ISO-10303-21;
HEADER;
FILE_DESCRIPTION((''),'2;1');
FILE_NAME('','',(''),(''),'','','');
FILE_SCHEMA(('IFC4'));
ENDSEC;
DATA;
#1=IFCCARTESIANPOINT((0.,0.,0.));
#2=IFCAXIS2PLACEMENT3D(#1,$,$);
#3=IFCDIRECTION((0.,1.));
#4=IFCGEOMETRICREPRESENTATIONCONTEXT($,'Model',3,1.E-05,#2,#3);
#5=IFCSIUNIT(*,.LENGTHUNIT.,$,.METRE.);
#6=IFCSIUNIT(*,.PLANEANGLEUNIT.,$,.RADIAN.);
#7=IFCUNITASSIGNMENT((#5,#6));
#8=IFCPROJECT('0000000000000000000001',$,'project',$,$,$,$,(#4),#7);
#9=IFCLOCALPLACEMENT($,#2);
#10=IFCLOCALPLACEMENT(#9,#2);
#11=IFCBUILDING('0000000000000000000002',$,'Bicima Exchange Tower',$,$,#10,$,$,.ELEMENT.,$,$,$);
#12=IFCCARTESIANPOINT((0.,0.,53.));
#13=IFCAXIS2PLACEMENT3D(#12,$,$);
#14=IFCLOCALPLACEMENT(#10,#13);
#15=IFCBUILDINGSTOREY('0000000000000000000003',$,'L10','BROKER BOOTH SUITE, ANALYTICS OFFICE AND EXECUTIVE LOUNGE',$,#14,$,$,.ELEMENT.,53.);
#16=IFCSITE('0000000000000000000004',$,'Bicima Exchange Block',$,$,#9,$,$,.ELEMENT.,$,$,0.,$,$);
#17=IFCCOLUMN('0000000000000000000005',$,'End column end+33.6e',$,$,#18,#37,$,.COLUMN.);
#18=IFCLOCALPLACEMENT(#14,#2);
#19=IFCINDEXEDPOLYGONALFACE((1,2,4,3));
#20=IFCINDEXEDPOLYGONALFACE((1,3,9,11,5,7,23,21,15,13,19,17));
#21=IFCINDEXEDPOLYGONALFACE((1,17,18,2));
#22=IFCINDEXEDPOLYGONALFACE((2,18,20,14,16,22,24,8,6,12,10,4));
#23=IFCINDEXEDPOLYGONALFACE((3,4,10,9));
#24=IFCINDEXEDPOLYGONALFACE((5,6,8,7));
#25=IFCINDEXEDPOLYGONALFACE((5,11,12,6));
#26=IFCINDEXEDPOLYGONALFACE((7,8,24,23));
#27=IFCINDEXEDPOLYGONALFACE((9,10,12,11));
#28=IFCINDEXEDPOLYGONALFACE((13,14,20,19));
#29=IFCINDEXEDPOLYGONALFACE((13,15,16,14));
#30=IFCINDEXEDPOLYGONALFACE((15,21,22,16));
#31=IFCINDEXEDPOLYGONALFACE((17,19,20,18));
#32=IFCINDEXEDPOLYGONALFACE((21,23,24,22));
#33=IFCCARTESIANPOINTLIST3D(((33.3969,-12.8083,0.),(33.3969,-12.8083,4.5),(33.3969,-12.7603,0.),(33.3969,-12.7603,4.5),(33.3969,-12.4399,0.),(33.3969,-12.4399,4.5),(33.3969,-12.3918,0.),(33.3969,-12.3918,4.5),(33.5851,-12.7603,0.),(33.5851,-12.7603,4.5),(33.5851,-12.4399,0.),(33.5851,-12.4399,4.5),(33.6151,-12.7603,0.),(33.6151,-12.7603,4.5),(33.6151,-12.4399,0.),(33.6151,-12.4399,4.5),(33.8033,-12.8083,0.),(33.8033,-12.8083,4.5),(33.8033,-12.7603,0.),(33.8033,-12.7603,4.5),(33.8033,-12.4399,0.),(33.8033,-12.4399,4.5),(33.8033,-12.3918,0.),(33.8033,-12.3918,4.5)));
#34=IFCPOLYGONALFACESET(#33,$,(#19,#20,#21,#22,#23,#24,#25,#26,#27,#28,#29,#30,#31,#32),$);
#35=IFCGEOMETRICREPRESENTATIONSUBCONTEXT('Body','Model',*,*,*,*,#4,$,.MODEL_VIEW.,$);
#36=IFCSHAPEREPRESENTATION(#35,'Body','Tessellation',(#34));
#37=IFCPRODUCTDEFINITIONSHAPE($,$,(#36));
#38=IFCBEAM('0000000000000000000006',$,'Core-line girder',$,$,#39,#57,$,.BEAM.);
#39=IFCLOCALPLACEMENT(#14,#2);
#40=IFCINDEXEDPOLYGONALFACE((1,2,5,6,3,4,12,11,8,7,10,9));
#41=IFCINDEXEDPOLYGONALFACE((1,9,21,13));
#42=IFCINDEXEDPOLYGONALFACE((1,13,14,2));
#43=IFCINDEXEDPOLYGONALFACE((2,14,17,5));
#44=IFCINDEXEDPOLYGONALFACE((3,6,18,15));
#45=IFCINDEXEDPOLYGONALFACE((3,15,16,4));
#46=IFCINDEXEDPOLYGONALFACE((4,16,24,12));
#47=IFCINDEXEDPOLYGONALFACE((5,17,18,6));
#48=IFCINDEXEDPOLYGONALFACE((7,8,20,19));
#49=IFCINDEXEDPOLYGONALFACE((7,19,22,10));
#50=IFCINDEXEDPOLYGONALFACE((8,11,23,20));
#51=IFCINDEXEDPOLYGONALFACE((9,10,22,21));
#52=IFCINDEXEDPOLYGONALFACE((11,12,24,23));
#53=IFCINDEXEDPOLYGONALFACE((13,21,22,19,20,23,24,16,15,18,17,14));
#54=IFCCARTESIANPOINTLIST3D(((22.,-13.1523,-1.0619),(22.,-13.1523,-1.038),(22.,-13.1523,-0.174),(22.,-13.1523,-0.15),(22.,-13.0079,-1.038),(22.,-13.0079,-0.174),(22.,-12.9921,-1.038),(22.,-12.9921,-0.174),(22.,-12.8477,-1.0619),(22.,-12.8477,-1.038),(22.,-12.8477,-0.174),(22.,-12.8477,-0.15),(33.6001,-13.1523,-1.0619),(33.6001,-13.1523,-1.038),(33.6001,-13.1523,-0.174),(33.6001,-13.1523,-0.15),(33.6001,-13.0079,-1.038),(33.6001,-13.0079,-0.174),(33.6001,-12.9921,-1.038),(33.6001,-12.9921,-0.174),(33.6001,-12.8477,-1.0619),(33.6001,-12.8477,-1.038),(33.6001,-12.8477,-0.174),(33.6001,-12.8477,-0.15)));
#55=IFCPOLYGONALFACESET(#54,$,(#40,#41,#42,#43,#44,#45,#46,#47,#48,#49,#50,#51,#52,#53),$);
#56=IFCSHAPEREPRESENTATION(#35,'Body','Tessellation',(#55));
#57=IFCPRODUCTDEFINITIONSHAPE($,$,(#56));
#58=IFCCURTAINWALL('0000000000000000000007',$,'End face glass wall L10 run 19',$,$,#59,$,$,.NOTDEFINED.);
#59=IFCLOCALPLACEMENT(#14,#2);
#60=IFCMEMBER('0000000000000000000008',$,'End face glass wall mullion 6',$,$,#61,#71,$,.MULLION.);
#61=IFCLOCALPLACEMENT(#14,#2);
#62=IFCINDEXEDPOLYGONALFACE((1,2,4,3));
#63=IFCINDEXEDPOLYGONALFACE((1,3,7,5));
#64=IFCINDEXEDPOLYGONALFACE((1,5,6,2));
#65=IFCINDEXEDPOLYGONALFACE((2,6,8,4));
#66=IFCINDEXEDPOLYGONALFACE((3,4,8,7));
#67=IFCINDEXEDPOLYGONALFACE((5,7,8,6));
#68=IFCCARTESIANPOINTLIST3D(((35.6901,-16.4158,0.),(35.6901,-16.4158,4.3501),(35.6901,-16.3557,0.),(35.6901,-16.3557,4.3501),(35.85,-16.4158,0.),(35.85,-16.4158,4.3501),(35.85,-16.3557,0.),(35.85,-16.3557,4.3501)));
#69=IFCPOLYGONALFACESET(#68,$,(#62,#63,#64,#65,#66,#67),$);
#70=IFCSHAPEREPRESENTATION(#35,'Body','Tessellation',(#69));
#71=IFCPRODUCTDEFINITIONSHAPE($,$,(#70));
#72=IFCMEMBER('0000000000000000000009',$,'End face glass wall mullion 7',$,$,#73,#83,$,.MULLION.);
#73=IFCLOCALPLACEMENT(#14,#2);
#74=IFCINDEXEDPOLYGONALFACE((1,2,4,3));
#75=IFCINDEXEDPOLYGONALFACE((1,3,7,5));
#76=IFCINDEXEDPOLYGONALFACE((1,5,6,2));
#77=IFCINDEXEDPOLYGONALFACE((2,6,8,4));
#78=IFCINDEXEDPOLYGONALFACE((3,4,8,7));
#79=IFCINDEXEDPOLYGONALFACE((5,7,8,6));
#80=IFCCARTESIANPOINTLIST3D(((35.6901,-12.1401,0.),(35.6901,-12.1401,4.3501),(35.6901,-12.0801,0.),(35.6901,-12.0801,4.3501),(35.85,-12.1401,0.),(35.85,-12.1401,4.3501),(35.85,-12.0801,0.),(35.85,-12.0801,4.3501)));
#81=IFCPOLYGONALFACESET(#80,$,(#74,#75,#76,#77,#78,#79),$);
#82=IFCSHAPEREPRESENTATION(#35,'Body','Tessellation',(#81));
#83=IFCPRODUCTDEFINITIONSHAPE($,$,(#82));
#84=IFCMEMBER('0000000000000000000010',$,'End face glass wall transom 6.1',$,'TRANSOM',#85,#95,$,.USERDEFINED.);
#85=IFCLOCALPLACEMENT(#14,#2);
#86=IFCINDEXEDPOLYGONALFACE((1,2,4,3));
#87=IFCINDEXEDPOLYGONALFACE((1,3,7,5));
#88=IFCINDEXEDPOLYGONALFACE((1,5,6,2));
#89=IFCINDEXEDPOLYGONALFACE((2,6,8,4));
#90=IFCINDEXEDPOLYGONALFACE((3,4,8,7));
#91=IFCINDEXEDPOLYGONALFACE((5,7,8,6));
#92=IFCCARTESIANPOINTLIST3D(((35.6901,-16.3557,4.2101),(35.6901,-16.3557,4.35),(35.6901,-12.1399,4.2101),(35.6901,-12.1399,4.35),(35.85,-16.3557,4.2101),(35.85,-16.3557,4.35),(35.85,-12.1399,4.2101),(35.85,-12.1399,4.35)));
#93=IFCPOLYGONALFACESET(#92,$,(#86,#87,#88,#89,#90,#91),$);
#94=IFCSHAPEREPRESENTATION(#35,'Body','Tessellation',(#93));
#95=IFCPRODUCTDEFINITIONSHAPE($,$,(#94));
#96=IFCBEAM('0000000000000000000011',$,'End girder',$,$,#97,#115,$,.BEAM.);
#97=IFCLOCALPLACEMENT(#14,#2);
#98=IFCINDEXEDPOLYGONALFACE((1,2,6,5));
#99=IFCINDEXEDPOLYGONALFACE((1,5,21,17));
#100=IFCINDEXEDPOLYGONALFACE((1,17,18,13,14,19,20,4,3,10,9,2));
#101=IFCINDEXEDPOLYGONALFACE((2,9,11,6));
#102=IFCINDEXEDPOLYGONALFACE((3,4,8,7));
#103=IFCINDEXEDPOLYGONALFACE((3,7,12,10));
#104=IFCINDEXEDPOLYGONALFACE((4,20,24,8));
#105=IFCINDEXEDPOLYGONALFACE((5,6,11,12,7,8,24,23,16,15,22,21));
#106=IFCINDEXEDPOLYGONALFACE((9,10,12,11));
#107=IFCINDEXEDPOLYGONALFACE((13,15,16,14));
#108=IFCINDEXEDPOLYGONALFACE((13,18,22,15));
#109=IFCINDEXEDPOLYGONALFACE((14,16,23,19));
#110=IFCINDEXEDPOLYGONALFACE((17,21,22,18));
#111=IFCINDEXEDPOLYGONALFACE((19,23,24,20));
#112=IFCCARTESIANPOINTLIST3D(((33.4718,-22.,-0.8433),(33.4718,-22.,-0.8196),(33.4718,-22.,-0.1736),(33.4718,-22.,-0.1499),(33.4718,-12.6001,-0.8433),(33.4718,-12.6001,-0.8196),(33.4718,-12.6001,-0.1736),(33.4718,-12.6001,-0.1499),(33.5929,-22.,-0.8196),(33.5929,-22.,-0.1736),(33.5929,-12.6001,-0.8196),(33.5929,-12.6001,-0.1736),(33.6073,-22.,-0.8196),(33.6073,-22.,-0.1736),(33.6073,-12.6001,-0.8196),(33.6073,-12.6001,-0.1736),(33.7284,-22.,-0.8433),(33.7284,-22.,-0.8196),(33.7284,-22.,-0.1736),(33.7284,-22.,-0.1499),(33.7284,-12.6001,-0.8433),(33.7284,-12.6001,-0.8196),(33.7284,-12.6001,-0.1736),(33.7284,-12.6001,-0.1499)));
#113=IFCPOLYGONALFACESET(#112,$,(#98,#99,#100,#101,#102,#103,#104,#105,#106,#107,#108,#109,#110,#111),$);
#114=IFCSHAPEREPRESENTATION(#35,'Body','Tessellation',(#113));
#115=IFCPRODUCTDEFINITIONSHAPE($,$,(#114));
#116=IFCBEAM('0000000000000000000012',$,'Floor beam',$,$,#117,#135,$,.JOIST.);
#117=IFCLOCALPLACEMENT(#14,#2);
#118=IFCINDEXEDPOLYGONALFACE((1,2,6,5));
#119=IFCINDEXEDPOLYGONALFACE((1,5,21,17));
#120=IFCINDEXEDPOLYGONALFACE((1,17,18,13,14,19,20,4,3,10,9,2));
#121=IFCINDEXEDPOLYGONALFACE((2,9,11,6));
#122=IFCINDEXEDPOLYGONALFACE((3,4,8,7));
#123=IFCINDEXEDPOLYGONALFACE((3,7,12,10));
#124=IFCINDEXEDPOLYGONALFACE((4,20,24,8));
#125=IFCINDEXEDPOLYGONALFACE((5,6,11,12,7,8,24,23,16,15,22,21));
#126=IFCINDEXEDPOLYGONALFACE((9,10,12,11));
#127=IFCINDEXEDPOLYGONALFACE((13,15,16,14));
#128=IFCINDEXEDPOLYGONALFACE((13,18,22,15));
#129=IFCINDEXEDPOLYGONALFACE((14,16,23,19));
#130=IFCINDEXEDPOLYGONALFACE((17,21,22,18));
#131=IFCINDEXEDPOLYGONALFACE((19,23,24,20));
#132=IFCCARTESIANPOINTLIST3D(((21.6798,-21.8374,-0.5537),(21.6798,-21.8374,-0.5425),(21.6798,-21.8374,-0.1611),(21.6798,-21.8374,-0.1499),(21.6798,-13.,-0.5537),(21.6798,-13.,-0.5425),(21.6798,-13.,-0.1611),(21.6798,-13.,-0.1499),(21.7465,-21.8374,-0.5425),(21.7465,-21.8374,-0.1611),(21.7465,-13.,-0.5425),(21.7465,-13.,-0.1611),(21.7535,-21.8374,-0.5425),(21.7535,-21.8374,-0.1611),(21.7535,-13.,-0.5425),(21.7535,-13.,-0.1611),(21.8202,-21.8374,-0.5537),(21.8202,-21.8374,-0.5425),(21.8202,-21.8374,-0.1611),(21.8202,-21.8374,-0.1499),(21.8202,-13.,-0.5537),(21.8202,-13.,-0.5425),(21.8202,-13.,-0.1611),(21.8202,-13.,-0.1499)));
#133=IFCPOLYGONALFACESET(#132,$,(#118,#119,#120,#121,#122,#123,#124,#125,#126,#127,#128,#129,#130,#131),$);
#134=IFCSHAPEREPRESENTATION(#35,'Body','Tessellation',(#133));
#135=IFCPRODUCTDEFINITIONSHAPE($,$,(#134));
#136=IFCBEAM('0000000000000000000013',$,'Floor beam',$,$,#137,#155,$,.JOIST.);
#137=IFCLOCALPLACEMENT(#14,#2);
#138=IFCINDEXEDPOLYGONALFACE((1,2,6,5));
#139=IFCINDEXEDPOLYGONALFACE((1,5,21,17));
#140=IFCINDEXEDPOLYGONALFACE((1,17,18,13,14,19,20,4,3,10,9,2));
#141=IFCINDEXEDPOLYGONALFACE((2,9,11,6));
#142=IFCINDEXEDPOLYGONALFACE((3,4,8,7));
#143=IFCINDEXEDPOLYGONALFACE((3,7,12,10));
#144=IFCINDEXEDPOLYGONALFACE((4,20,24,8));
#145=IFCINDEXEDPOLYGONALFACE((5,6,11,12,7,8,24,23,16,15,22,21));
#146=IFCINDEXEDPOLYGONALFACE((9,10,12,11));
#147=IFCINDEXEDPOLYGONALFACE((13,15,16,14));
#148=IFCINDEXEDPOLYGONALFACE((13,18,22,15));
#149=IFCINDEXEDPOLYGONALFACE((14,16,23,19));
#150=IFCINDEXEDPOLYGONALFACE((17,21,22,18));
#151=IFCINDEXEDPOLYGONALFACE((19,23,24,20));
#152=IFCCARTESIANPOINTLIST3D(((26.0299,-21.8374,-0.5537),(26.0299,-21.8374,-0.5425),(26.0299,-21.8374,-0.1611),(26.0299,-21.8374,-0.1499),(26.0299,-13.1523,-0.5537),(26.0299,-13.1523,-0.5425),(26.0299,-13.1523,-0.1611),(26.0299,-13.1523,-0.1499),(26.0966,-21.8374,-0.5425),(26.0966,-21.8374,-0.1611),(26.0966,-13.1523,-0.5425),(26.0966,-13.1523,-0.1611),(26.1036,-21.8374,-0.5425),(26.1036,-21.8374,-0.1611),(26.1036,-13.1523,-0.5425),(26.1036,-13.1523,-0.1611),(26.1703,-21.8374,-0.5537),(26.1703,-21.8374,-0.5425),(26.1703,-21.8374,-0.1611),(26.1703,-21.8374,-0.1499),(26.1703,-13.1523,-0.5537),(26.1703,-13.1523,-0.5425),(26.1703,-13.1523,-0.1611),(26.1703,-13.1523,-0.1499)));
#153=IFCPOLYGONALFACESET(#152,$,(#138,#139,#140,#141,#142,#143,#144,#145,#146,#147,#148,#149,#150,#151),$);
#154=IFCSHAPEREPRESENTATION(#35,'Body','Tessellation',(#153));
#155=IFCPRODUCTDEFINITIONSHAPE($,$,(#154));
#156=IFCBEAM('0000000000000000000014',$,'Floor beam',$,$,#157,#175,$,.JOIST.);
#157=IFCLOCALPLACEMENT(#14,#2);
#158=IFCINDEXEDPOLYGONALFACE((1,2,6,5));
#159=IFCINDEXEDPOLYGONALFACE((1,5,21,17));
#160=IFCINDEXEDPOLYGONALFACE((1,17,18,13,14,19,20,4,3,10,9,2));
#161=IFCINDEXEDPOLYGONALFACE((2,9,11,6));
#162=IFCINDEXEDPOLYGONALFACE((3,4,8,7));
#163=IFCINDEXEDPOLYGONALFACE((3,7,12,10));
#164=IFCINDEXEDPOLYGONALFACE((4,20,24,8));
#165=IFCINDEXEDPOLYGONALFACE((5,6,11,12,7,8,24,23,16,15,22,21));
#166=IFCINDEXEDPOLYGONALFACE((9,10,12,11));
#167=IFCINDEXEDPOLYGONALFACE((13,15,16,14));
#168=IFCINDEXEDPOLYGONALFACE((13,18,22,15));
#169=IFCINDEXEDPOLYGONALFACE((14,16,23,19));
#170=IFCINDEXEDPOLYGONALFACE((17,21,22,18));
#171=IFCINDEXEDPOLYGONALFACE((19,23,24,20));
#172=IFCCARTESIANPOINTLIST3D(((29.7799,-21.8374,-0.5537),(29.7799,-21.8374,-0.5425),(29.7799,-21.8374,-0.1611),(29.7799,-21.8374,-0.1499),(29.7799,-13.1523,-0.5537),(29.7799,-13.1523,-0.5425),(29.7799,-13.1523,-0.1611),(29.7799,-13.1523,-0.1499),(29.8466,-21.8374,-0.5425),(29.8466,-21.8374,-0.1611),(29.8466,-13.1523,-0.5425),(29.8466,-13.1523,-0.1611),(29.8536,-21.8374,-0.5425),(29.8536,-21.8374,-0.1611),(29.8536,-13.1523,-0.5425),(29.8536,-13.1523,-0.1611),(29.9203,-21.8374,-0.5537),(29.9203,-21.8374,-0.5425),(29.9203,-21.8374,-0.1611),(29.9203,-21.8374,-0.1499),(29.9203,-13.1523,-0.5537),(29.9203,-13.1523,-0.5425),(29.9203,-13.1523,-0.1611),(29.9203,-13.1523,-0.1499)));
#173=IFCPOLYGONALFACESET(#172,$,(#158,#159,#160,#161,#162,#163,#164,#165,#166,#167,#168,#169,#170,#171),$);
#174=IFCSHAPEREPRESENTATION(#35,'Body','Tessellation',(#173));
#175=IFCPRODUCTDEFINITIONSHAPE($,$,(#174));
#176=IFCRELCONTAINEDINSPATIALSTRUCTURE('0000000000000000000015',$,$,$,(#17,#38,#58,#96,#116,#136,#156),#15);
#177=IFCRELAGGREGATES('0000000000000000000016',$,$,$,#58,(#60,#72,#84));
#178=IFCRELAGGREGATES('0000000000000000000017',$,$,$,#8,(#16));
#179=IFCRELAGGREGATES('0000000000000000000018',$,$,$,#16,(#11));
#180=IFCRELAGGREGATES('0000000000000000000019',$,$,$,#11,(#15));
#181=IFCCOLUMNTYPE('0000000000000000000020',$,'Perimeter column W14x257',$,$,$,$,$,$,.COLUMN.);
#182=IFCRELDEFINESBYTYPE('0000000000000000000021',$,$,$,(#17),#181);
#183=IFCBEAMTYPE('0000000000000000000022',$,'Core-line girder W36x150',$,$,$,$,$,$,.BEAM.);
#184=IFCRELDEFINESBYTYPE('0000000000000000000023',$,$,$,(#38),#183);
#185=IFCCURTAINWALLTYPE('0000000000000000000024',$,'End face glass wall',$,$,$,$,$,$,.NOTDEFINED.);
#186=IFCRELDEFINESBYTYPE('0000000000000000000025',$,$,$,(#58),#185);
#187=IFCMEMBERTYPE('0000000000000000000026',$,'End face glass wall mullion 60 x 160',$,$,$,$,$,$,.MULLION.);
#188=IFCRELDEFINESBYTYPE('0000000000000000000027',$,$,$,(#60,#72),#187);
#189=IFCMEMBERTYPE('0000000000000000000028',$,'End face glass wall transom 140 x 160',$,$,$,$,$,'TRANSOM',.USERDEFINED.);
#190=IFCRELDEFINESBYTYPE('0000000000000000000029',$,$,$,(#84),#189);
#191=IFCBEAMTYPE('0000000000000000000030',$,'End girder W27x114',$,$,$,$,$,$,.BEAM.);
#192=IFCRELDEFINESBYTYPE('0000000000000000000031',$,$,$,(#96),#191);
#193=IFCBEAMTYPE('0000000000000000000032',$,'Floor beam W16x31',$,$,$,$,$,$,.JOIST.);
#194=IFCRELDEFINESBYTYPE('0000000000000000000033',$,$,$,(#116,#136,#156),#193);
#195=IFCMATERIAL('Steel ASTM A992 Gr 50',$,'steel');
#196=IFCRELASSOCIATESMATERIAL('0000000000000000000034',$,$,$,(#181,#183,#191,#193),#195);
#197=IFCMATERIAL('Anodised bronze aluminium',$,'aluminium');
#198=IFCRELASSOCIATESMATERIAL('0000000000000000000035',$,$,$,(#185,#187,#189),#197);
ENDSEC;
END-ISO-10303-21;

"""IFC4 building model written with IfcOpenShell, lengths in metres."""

from ifc_helpers import new_model, si_unit, direction, frame, origin, origin_2d, place, context, subcontext, project, spatial, rectangle, i_section, extrude, material, material_profile, profile_set, type_object, element, aggregate, save


model = new_model("IFC4")

# Units and contexts
model_context = context("Model", 3, precision=1e-05, world=origin(), true_north=direction((0.0, 1.0)))
body_context = subcontext(model_context, "Body", "Model", "MODEL_VIEW")
ifc_project = project(units=[si_unit("LENGTHUNIT", "METRE"), si_unit("PLANEANGLEUNIT", "RADIAN")], contexts=[model_context])

# Site, building, storey
site_placement = place(None, origin())
site = spatial("IfcSite", under=ifc_project, at=site_placement, Name="Bicima Exchange Block", CompositionType="ELEMENT", RefElevation=0.0)
building_placement = place(site_placement, origin())
building = spatial("IfcBuilding", under=site, at=building_placement, Name="Bicima Exchange Tower", CompositionType="ELEMENT")
storey_placement = place(building_placement, frame((0.0, 0.0, 53.0)))
storey = spatial("IfcBuildingStorey", under=building, at=storey_placement, Name="L10", Description="BROKER BOOTH SUITE, ANALYTICS OFFICE AND EXECUTIVE LOUNGE", CompositionType="ELEMENT", Elevation=53.0)

# Column
ifc_material_1 = material(Name="Steel ASTM A992 Gr 50", Category="steel")
ifc_material_profile_1 = material_profile(ifc_material_1, i_section(OverallWidth=0.4065, OverallDepth=0.4165, WebThickness=0.03, FlangeThickness=0.0481, at=origin_2d()))
ifc_profile_set_1 = profile_set([ifc_material_profile_1], Name="Steel ASTM A992 Gr 50")
column_type = type_object("IfcColumnType", Name="Perimeter column W14x257", PredefinedType="COLUMN", material=ifc_profile_set_1)
column_placement = place(storey_placement, frame((33.6001, -12.6001, 0.0), z_axis=(0.0, 0.0, 1.0), x_axis=(1.0, 0.0, 0.0)))
element("IfcColumn", 1, at=column_placement, inside=storey, type_object=column_type, Name="End column end+33.6e", PredefinedType="COLUMN", context=body_context, shape_type="SweptSolid", body=[
    extrude(i_section(OverallWidth=0.4065, OverallDepth=0.4165, WebThickness=0.03, FlangeThickness=0.0481, at=origin_2d()), origin(), (0.0, 0.0, 1.0), 4.5),
])

# Beam
ifc_material_profile_2 = material_profile(ifc_material_1, i_section(OverallWidth=0.3047, OverallDepth=0.9119, WebThickness=0.0159, FlangeThickness=0.0239, at=origin_2d()))
ifc_profile_set_2 = profile_set([ifc_material_profile_2], Name="Steel ASTM A992 Gr 50")
beam_type_1 = type_object("IfcBeamType", Name="Core-line girder W36x150", PredefinedType="BEAM", material=ifc_profile_set_2)
beam_1_placement = place(storey_placement, frame((22.0, -13.0, -0.606), z_axis=(1.0, 0.0, 0.0), x_axis=(0.0, 1.0, 0.0)))
element("IfcBeam", 2, at=beam_1_placement, inside=storey, type_object=beam_type_1, Name="Core-line girder", PredefinedType="BEAM", context=body_context, shape_type="SweptSolid", body=[
    extrude(i_section(OverallWidth=0.3047, OverallDepth=0.9119, WebThickness=0.0159, FlangeThickness=0.0239, at=origin_2d()), origin(), (0.0, 0.0, 1.0), 11.6001),
])

# Curtain wall, members
ifc_material_2 = material(Name="Anodised bronze aluminium", Category="aluminium")
curtain_wall_type = type_object("IfcCurtainWallType", Name="End face glass wall", PredefinedType="NOTDEFINED", material=ifc_material_2)
curtain_wall_placement = place(storey_placement, origin())
curtain_wall = element("IfcCurtainWall", 3, at=curtain_wall_placement, inside=storey, type_object=curtain_wall_type, Name="End face glass wall L10 run 19", PredefinedType="NOTDEFINED")
ifc_material_profile_3 = material_profile(ifc_material_2, rectangle(XDim=0.1599, YDim=0.0601, at=origin_2d()))
ifc_profile_set_3 = profile_set([ifc_material_profile_3], Name="Anodised bronze aluminium")
member_type_1 = type_object("IfcMemberType", Name="End face glass wall mullion 60 x 160", PredefinedType="MULLION", material=ifc_profile_set_3)
member_1_placement = place(storey_placement, frame((35.77, -16.3857, 0.0), z_axis=(0.0, 0.0, 1.0), x_axis=(-1.0, 0.0, 0.0)))
member_1 = element("IfcMember", 4, at=member_1_placement, type_object=member_type_1, Name="End face glass wall mullion 6", PredefinedType="MULLION", context=body_context, shape_type="SweptSolid", body=[
    extrude(rectangle(XDim=0.1599, YDim=0.0601, at=origin_2d()), origin(), (0.0, 0.0, 1.0), 4.3501),
])
member_2_placement = place(storey_placement, frame((35.77, -12.1101, 0.0), z_axis=(0.0, 0.0, 1.0), x_axis=(-1.0, 0.0, 0.0)))
member_2 = element("IfcMember", 5, at=member_2_placement, type_object=member_type_1, Name="End face glass wall mullion 7", PredefinedType="MULLION", context=body_context, shape_type="SweptSolid", body=[
    extrude(rectangle(XDim=0.1599, YDim=0.0601, at=origin_2d()), origin(), (0.0, 0.0, 1.0), 4.3501),
])
ifc_material_profile_4 = material_profile(ifc_material_2, rectangle(XDim=0.1599, YDim=0.1399, at=origin_2d()))
ifc_profile_set_4 = profile_set([ifc_material_profile_4], Name="Anodised bronze aluminium")
member_type_2 = type_object("IfcMemberType", Name="End face glass wall transom 140 x 160", ElementType="TRANSOM", PredefinedType="USERDEFINED", material=ifc_profile_set_4)
member_3_placement = place(storey_placement, frame((35.77, -16.3557, 4.28), z_axis=(0.0, 1.0, 0.0), x_axis=(-1.0, 0.0, 0.0)))
member_3 = element("IfcMember", 6, at=member_3_placement, type_object=member_type_2, Name="End face glass wall transom 6.1", ObjectType="TRANSOM", PredefinedType="USERDEFINED", context=body_context, shape_type="SweptSolid", body=[
    extrude(rectangle(XDim=0.1599, YDim=0.1399, at=origin_2d()), origin(), (0.0, 0.0, 1.0), 4.2158),
])

# Beams
ifc_material_profile_5 = material_profile(ifc_material_1, i_section(OverallWidth=0.2566, OverallDepth=0.6934, WebThickness=0.0144, FlangeThickness=0.0237, at=origin_2d()))
ifc_profile_set_5 = profile_set([ifc_material_profile_5], Name="Steel ASTM A992 Gr 50")
beam_type_2 = type_object("IfcBeamType", Name="End girder W27x114", PredefinedType="BEAM", material=ifc_profile_set_5)
beam_2_placement = place(storey_placement, frame((33.6001, -12.6001, -0.4966), z_axis=(0.0, -1.0, 0.0), x_axis=(1.0, 0.0, 0.0)))
element("IfcBeam", 7, at=beam_2_placement, inside=storey, type_object=beam_type_2, Name="End girder", PredefinedType="BEAM", context=body_context, shape_type="SweptSolid", body=[
    extrude(i_section(OverallWidth=0.2566, OverallDepth=0.6934, WebThickness=0.0144, FlangeThickness=0.0237, at=origin_2d()), origin(), (0.0, 0.0, 1.0), 9.3999),
])
ifc_material_profile_6 = material_profile(ifc_material_1, i_section(OverallWidth=0.1404, OverallDepth=0.4038, WebThickness=0.0071, FlangeThickness=0.0112, at=origin_2d()))
ifc_profile_set_6 = profile_set([ifc_material_profile_6], Name="Steel ASTM A992 Gr 50")
beam_type_3 = type_object("IfcBeamType", Name="Floor beam W16x31", PredefinedType="JOIST", material=ifc_profile_set_6)
beam_3_placement = place(storey_placement, frame((21.75, -13.0, -0.3518), z_axis=(0.0, -1.0, 0.0), x_axis=(1.0, 0.0, 0.0)))
element("IfcBeam", 8, at=beam_3_placement, inside=storey, type_object=beam_type_3, Name="Floor beam", PredefinedType="JOIST", context=body_context, shape_type="SweptSolid", body=[
    extrude(i_section(OverallWidth=0.1404, OverallDepth=0.4038, WebThickness=0.0071, FlangeThickness=0.0112, at=origin_2d()), origin(), (0.0, 0.0, 1.0), 8.8374),
])
for number, where, z_axis, x_axis, name in (
    (9, (26.1001, -13.1523, -0.3518), (0.0, -1.0, 0.0), (1.0, 0.0, 0.0), "Floor beam"),
    (10, (29.8501, -13.1523, -0.3518), (0.0, -1.0, 0.0), (1.0, 0.0, 0.0), "Floor beam"),
):
    element("IfcBeam", number, at=place(storey_placement, frame(where, z_axis=z_axis, x_axis=x_axis)), inside=storey, type_object=beam_type_3, Name=name, PredefinedType="JOIST", context=body_context, shape_type="SweptSolid", body=[
        extrude(i_section(OverallWidth=0.1404, OverallDepth=0.4038, WebThickness=0.0071, FlangeThickness=0.0112, at=origin_2d()), origin(), (0.0, 0.0, 1.0), 8.6851),
    ])

aggregate(curtain_wall, [member_1, member_2, member_3])

save(model, "model.ifc")
